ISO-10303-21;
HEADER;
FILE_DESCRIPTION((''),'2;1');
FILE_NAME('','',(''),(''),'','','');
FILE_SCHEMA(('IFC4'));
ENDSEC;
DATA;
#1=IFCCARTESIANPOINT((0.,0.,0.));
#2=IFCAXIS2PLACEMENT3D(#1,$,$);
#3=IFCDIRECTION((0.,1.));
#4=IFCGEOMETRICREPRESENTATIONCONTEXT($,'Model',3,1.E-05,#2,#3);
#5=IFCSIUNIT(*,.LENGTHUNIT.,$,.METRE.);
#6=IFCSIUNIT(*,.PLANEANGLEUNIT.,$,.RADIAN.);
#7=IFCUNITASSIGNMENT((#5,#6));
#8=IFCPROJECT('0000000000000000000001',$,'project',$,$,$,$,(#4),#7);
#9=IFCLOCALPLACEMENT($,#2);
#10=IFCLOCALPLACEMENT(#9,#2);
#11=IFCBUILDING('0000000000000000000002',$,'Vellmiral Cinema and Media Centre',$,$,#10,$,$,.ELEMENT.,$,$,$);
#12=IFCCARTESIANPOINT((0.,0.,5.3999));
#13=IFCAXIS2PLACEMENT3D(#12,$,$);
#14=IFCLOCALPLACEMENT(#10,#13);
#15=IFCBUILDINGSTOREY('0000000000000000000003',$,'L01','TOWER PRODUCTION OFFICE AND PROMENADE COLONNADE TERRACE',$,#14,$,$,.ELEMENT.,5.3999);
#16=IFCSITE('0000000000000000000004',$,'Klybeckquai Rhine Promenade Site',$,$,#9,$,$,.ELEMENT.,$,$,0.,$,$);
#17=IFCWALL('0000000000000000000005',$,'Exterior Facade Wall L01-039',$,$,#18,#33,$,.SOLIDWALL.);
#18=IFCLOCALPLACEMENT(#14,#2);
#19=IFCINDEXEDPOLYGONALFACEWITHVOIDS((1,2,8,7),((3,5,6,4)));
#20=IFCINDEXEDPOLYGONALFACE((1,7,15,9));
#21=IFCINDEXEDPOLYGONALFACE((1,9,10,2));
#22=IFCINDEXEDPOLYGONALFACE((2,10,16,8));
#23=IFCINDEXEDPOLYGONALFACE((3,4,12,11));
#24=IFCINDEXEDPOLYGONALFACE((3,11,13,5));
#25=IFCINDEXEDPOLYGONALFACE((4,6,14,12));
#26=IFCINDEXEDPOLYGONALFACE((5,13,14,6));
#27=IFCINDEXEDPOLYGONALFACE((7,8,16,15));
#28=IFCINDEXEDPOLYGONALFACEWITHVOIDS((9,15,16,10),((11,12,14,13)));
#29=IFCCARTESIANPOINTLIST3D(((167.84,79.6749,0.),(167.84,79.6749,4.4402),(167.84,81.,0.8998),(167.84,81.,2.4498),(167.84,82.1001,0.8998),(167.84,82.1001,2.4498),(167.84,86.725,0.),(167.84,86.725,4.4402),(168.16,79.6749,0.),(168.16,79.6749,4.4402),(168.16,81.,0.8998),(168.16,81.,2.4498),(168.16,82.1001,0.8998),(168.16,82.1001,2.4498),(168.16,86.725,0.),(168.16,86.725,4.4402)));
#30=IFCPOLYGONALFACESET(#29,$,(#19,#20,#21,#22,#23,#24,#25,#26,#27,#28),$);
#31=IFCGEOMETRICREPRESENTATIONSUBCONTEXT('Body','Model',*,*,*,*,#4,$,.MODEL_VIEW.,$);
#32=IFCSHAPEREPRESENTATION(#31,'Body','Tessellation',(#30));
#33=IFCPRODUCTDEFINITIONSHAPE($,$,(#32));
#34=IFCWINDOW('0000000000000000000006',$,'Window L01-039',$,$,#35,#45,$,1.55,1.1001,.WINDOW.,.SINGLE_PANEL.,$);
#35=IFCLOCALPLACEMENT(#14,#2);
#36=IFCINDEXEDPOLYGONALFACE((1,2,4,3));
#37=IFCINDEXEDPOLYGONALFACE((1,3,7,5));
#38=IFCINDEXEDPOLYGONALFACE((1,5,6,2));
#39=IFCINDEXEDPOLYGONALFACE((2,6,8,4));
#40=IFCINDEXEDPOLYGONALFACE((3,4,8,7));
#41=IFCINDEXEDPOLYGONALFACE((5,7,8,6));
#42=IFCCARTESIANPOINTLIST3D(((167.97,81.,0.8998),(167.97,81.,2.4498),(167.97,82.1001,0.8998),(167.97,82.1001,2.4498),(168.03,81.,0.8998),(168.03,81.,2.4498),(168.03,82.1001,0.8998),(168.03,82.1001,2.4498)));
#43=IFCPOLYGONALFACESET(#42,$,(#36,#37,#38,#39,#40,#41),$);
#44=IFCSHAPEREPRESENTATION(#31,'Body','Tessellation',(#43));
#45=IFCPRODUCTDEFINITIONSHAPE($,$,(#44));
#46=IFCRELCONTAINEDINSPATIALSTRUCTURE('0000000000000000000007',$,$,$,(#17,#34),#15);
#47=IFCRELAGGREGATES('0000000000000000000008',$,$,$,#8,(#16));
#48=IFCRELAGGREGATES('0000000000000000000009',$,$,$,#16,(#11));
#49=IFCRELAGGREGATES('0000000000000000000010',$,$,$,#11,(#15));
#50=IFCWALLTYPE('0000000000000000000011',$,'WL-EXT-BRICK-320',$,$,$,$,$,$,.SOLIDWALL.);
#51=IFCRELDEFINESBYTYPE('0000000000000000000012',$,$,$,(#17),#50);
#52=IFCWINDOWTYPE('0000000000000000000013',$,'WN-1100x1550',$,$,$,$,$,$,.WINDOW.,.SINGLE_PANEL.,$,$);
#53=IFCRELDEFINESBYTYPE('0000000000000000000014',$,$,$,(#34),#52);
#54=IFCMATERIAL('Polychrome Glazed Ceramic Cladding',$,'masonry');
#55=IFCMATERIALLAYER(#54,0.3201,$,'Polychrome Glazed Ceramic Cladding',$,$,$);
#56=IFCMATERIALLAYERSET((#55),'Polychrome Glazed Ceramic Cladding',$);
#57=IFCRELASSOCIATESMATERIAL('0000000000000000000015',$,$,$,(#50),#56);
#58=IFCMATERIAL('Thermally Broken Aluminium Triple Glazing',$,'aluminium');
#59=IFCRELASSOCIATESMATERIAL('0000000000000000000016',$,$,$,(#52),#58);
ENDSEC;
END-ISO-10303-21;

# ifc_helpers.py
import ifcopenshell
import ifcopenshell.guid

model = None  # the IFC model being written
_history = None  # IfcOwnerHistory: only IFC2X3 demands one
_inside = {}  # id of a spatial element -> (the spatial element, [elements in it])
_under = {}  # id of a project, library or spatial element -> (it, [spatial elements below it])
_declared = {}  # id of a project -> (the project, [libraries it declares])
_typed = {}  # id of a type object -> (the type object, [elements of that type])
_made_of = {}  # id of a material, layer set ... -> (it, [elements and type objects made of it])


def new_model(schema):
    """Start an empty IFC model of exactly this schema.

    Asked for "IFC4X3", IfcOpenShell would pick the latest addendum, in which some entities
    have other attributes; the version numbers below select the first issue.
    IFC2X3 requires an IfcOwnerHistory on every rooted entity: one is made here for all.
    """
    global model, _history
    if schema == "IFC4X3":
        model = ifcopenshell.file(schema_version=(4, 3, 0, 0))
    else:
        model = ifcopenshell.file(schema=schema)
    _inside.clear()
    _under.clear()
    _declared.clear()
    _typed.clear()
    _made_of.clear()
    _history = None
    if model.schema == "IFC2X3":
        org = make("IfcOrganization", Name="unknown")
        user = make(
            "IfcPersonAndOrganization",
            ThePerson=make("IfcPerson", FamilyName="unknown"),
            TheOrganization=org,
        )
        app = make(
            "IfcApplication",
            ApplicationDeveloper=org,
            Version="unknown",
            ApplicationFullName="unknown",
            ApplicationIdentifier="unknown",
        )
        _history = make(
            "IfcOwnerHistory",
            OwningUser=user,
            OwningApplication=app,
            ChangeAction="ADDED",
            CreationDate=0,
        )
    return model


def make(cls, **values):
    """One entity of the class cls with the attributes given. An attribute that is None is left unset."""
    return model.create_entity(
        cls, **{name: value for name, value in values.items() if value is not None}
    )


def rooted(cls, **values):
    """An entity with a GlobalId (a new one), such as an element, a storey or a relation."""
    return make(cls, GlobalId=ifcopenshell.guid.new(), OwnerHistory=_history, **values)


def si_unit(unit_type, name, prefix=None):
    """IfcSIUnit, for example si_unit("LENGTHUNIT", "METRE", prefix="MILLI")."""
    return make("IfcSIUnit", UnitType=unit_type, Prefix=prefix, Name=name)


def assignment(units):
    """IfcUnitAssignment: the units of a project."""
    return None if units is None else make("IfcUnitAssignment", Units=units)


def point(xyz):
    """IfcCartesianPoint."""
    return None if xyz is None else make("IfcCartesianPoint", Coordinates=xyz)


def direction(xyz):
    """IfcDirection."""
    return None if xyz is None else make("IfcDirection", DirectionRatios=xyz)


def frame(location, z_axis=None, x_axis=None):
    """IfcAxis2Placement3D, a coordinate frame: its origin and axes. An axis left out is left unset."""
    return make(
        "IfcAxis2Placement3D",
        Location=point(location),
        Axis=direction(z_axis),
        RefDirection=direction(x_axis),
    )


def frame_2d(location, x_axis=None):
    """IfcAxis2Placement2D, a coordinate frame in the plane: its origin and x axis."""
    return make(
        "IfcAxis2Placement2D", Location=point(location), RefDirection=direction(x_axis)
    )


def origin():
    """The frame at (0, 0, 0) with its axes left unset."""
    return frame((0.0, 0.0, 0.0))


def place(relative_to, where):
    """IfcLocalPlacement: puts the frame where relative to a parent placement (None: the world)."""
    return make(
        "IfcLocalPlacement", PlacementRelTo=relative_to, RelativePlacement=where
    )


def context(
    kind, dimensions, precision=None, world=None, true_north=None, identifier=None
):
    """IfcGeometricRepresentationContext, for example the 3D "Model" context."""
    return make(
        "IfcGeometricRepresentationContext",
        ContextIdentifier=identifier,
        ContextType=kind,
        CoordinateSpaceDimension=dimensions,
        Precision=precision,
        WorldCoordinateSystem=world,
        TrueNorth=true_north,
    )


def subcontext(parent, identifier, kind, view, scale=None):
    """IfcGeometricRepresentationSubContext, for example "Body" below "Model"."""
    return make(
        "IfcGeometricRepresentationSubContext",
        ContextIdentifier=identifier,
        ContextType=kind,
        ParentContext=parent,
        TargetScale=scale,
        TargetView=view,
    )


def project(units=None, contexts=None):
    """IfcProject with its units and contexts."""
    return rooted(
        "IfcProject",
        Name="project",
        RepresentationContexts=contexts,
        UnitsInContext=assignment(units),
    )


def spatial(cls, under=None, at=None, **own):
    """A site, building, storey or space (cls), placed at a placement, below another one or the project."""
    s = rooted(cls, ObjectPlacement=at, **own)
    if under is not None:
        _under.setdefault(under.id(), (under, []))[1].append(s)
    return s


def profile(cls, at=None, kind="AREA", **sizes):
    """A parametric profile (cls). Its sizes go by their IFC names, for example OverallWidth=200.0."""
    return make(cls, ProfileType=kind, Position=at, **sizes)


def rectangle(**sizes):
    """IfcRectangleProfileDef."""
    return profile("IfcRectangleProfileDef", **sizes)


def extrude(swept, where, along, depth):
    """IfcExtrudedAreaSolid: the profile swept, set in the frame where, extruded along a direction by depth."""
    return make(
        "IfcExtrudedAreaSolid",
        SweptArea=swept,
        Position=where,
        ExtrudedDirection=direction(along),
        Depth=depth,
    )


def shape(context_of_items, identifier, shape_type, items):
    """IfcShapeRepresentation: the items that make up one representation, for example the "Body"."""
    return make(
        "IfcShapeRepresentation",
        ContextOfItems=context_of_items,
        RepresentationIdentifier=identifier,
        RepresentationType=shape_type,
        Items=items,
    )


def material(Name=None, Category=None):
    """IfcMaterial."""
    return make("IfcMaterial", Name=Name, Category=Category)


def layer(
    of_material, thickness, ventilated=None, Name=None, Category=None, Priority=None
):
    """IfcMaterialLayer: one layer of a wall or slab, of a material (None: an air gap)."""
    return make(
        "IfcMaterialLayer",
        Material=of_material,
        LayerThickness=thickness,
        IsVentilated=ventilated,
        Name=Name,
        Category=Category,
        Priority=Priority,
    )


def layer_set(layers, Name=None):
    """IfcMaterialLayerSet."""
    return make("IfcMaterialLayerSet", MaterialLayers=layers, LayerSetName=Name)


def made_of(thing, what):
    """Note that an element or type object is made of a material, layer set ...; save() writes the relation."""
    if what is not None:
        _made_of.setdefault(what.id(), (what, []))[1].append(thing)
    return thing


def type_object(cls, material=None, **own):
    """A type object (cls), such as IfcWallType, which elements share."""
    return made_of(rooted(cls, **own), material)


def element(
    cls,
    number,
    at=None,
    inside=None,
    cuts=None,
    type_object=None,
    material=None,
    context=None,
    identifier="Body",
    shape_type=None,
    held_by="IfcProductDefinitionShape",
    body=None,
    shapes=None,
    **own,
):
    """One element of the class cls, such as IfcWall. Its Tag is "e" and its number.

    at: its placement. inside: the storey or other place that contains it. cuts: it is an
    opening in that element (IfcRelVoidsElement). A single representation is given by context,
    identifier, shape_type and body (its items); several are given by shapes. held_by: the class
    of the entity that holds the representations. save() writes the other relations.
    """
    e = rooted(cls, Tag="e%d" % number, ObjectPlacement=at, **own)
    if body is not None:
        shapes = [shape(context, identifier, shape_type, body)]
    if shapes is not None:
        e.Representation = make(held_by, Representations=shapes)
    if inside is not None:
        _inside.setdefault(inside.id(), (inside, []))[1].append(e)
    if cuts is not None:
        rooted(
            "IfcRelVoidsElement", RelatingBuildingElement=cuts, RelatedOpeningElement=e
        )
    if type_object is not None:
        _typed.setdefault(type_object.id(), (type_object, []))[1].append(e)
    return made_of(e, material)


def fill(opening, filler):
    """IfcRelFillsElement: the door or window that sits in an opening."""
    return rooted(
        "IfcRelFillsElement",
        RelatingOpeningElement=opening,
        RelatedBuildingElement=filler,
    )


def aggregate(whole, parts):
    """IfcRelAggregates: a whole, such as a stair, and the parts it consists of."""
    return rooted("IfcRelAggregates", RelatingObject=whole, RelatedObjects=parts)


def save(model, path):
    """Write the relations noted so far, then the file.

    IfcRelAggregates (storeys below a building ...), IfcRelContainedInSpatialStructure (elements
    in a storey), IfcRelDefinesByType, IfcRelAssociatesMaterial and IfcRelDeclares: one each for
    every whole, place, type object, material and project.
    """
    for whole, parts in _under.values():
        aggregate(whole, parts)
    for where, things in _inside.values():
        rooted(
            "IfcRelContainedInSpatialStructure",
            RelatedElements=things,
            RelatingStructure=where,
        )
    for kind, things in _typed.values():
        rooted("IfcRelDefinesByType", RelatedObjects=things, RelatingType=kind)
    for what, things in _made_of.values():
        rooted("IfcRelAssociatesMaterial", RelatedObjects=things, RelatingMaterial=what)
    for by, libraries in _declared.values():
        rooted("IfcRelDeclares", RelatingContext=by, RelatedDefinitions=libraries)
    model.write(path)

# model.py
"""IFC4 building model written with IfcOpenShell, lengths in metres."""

from ifc_helpers import new_model, si_unit, direction, frame, frame_2d, origin, place, context, subcontext, project, spatial, rectangle, extrude, material, layer, layer_set, type_object, element, fill, save


model = new_model("IFC4")

# Units and contexts
model_context = context("Model", 3, precision=1e-05, world=origin(), true_north=direction((0.0, 1.0)))
body_context = subcontext(model_context, "Body", "Model", "MODEL_VIEW")
ifc_project = project(units=[si_unit("LENGTHUNIT", "METRE"), si_unit("PLANEANGLEUNIT", "RADIAN")], contexts=[model_context])

# Site, building, storey
site_placement = place(None, origin())
site = spatial("IfcSite", under=ifc_project, at=site_placement, Name="Klybeckquai Rhine Promenade Site", CompositionType="ELEMENT", RefElevation=0.0)
building_placement = place(site_placement, origin())
building = spatial("IfcBuilding", under=site, at=building_placement, Name="Vellmiral Cinema and Media Centre", CompositionType="ELEMENT")
storey_placement = place(building_placement, frame((0.0, 0.0, 5.3999)))
storey = spatial("IfcBuildingStorey", under=building, at=storey_placement, Name="L01", Description="TOWER PRODUCTION OFFICE AND PROMENADE COLONNADE TERRACE", CompositionType="ELEMENT", Elevation=5.3999)

# Wall, opening, window
ifc_material_1 = material(Name="Polychrome Glazed Ceramic Cladding", Category="masonry")
ifc_layer_1 = layer(ifc_material_1, 0.3201, Name="Polychrome Glazed Ceramic Cladding")
ifc_layer_set_1 = layer_set([ifc_layer_1], Name="Polychrome Glazed Ceramic Cladding")
wall_type = type_object("IfcWallType", Name="WL-EXT-BRICK-320", PredefinedType="SOLIDWALL", material=ifc_layer_set_1)
wall_placement = place(storey_placement, frame((168.0, 79.675, 0.0), z_axis=(0.0, 0.0, 1.0), x_axis=(0.0, 1.0, 0.0)))
wall = element("IfcWall", 1, at=wall_placement, inside=storey, type_object=wall_type, Name="Exterior Facade Wall L01-039", PredefinedType="SOLIDWALL", context=body_context, shape_type="SweptSolid", body=[
    extrude(rectangle(XDim=7.05, YDim=0.3201, at=frame_2d((3.5249, 0.0))), origin(), (0.0, 0.0, 1.0), 4.4402),
])
opening_placement = place(wall_placement, frame((1.325, 0.0, 0.8999)))
opening = element("IfcOpeningElement", 2, at=opening_placement, cuts=wall, PredefinedType="OPENING", context=body_context, shape_type="SweptSolid", body=[
    extrude(rectangle(XDim=1.1001, YDim=1.55, at=frame_2d((0.55, 0.7749))), frame((0.0, 0.1719, 0.0), z_axis=(0.0, -1.0, 0.0), x_axis=(1.0, 0.0, 0.0)), (0.0, 0.0, 1.0), 0.344),
])
ifc_material_2 = material(Name="Thermally Broken Aluminium Triple Glazing", Category="aluminium")
window_type = type_object("IfcWindowType", Name="WN-1100x1550", PartitioningType="SINGLE_PANEL", PredefinedType="WINDOW", material=ifc_material_2)
window_placement = place(opening_placement, origin())
window = element("IfcWindow", 3, at=window_placement, inside=storey, type_object=window_type, Name="Window L01-039", OverallHeight=1.55, OverallWidth=1.1001, PartitioningType="SINGLE_PANEL", PredefinedType="WINDOW", context=body_context, shape_type="SweptSolid", body=[
    extrude(rectangle(XDim=1.1001, YDim=1.55, at=frame_2d((0.55, 0.7749))), frame((0.0, 0.03, 0.0), z_axis=(0.0, -1.0, 0.0), x_axis=(1.0, 0.0, 0.0)), (0.0, 0.0, 1.0), 0.0601),
])
fill(opening, window)

save(model, "model.ifc")
